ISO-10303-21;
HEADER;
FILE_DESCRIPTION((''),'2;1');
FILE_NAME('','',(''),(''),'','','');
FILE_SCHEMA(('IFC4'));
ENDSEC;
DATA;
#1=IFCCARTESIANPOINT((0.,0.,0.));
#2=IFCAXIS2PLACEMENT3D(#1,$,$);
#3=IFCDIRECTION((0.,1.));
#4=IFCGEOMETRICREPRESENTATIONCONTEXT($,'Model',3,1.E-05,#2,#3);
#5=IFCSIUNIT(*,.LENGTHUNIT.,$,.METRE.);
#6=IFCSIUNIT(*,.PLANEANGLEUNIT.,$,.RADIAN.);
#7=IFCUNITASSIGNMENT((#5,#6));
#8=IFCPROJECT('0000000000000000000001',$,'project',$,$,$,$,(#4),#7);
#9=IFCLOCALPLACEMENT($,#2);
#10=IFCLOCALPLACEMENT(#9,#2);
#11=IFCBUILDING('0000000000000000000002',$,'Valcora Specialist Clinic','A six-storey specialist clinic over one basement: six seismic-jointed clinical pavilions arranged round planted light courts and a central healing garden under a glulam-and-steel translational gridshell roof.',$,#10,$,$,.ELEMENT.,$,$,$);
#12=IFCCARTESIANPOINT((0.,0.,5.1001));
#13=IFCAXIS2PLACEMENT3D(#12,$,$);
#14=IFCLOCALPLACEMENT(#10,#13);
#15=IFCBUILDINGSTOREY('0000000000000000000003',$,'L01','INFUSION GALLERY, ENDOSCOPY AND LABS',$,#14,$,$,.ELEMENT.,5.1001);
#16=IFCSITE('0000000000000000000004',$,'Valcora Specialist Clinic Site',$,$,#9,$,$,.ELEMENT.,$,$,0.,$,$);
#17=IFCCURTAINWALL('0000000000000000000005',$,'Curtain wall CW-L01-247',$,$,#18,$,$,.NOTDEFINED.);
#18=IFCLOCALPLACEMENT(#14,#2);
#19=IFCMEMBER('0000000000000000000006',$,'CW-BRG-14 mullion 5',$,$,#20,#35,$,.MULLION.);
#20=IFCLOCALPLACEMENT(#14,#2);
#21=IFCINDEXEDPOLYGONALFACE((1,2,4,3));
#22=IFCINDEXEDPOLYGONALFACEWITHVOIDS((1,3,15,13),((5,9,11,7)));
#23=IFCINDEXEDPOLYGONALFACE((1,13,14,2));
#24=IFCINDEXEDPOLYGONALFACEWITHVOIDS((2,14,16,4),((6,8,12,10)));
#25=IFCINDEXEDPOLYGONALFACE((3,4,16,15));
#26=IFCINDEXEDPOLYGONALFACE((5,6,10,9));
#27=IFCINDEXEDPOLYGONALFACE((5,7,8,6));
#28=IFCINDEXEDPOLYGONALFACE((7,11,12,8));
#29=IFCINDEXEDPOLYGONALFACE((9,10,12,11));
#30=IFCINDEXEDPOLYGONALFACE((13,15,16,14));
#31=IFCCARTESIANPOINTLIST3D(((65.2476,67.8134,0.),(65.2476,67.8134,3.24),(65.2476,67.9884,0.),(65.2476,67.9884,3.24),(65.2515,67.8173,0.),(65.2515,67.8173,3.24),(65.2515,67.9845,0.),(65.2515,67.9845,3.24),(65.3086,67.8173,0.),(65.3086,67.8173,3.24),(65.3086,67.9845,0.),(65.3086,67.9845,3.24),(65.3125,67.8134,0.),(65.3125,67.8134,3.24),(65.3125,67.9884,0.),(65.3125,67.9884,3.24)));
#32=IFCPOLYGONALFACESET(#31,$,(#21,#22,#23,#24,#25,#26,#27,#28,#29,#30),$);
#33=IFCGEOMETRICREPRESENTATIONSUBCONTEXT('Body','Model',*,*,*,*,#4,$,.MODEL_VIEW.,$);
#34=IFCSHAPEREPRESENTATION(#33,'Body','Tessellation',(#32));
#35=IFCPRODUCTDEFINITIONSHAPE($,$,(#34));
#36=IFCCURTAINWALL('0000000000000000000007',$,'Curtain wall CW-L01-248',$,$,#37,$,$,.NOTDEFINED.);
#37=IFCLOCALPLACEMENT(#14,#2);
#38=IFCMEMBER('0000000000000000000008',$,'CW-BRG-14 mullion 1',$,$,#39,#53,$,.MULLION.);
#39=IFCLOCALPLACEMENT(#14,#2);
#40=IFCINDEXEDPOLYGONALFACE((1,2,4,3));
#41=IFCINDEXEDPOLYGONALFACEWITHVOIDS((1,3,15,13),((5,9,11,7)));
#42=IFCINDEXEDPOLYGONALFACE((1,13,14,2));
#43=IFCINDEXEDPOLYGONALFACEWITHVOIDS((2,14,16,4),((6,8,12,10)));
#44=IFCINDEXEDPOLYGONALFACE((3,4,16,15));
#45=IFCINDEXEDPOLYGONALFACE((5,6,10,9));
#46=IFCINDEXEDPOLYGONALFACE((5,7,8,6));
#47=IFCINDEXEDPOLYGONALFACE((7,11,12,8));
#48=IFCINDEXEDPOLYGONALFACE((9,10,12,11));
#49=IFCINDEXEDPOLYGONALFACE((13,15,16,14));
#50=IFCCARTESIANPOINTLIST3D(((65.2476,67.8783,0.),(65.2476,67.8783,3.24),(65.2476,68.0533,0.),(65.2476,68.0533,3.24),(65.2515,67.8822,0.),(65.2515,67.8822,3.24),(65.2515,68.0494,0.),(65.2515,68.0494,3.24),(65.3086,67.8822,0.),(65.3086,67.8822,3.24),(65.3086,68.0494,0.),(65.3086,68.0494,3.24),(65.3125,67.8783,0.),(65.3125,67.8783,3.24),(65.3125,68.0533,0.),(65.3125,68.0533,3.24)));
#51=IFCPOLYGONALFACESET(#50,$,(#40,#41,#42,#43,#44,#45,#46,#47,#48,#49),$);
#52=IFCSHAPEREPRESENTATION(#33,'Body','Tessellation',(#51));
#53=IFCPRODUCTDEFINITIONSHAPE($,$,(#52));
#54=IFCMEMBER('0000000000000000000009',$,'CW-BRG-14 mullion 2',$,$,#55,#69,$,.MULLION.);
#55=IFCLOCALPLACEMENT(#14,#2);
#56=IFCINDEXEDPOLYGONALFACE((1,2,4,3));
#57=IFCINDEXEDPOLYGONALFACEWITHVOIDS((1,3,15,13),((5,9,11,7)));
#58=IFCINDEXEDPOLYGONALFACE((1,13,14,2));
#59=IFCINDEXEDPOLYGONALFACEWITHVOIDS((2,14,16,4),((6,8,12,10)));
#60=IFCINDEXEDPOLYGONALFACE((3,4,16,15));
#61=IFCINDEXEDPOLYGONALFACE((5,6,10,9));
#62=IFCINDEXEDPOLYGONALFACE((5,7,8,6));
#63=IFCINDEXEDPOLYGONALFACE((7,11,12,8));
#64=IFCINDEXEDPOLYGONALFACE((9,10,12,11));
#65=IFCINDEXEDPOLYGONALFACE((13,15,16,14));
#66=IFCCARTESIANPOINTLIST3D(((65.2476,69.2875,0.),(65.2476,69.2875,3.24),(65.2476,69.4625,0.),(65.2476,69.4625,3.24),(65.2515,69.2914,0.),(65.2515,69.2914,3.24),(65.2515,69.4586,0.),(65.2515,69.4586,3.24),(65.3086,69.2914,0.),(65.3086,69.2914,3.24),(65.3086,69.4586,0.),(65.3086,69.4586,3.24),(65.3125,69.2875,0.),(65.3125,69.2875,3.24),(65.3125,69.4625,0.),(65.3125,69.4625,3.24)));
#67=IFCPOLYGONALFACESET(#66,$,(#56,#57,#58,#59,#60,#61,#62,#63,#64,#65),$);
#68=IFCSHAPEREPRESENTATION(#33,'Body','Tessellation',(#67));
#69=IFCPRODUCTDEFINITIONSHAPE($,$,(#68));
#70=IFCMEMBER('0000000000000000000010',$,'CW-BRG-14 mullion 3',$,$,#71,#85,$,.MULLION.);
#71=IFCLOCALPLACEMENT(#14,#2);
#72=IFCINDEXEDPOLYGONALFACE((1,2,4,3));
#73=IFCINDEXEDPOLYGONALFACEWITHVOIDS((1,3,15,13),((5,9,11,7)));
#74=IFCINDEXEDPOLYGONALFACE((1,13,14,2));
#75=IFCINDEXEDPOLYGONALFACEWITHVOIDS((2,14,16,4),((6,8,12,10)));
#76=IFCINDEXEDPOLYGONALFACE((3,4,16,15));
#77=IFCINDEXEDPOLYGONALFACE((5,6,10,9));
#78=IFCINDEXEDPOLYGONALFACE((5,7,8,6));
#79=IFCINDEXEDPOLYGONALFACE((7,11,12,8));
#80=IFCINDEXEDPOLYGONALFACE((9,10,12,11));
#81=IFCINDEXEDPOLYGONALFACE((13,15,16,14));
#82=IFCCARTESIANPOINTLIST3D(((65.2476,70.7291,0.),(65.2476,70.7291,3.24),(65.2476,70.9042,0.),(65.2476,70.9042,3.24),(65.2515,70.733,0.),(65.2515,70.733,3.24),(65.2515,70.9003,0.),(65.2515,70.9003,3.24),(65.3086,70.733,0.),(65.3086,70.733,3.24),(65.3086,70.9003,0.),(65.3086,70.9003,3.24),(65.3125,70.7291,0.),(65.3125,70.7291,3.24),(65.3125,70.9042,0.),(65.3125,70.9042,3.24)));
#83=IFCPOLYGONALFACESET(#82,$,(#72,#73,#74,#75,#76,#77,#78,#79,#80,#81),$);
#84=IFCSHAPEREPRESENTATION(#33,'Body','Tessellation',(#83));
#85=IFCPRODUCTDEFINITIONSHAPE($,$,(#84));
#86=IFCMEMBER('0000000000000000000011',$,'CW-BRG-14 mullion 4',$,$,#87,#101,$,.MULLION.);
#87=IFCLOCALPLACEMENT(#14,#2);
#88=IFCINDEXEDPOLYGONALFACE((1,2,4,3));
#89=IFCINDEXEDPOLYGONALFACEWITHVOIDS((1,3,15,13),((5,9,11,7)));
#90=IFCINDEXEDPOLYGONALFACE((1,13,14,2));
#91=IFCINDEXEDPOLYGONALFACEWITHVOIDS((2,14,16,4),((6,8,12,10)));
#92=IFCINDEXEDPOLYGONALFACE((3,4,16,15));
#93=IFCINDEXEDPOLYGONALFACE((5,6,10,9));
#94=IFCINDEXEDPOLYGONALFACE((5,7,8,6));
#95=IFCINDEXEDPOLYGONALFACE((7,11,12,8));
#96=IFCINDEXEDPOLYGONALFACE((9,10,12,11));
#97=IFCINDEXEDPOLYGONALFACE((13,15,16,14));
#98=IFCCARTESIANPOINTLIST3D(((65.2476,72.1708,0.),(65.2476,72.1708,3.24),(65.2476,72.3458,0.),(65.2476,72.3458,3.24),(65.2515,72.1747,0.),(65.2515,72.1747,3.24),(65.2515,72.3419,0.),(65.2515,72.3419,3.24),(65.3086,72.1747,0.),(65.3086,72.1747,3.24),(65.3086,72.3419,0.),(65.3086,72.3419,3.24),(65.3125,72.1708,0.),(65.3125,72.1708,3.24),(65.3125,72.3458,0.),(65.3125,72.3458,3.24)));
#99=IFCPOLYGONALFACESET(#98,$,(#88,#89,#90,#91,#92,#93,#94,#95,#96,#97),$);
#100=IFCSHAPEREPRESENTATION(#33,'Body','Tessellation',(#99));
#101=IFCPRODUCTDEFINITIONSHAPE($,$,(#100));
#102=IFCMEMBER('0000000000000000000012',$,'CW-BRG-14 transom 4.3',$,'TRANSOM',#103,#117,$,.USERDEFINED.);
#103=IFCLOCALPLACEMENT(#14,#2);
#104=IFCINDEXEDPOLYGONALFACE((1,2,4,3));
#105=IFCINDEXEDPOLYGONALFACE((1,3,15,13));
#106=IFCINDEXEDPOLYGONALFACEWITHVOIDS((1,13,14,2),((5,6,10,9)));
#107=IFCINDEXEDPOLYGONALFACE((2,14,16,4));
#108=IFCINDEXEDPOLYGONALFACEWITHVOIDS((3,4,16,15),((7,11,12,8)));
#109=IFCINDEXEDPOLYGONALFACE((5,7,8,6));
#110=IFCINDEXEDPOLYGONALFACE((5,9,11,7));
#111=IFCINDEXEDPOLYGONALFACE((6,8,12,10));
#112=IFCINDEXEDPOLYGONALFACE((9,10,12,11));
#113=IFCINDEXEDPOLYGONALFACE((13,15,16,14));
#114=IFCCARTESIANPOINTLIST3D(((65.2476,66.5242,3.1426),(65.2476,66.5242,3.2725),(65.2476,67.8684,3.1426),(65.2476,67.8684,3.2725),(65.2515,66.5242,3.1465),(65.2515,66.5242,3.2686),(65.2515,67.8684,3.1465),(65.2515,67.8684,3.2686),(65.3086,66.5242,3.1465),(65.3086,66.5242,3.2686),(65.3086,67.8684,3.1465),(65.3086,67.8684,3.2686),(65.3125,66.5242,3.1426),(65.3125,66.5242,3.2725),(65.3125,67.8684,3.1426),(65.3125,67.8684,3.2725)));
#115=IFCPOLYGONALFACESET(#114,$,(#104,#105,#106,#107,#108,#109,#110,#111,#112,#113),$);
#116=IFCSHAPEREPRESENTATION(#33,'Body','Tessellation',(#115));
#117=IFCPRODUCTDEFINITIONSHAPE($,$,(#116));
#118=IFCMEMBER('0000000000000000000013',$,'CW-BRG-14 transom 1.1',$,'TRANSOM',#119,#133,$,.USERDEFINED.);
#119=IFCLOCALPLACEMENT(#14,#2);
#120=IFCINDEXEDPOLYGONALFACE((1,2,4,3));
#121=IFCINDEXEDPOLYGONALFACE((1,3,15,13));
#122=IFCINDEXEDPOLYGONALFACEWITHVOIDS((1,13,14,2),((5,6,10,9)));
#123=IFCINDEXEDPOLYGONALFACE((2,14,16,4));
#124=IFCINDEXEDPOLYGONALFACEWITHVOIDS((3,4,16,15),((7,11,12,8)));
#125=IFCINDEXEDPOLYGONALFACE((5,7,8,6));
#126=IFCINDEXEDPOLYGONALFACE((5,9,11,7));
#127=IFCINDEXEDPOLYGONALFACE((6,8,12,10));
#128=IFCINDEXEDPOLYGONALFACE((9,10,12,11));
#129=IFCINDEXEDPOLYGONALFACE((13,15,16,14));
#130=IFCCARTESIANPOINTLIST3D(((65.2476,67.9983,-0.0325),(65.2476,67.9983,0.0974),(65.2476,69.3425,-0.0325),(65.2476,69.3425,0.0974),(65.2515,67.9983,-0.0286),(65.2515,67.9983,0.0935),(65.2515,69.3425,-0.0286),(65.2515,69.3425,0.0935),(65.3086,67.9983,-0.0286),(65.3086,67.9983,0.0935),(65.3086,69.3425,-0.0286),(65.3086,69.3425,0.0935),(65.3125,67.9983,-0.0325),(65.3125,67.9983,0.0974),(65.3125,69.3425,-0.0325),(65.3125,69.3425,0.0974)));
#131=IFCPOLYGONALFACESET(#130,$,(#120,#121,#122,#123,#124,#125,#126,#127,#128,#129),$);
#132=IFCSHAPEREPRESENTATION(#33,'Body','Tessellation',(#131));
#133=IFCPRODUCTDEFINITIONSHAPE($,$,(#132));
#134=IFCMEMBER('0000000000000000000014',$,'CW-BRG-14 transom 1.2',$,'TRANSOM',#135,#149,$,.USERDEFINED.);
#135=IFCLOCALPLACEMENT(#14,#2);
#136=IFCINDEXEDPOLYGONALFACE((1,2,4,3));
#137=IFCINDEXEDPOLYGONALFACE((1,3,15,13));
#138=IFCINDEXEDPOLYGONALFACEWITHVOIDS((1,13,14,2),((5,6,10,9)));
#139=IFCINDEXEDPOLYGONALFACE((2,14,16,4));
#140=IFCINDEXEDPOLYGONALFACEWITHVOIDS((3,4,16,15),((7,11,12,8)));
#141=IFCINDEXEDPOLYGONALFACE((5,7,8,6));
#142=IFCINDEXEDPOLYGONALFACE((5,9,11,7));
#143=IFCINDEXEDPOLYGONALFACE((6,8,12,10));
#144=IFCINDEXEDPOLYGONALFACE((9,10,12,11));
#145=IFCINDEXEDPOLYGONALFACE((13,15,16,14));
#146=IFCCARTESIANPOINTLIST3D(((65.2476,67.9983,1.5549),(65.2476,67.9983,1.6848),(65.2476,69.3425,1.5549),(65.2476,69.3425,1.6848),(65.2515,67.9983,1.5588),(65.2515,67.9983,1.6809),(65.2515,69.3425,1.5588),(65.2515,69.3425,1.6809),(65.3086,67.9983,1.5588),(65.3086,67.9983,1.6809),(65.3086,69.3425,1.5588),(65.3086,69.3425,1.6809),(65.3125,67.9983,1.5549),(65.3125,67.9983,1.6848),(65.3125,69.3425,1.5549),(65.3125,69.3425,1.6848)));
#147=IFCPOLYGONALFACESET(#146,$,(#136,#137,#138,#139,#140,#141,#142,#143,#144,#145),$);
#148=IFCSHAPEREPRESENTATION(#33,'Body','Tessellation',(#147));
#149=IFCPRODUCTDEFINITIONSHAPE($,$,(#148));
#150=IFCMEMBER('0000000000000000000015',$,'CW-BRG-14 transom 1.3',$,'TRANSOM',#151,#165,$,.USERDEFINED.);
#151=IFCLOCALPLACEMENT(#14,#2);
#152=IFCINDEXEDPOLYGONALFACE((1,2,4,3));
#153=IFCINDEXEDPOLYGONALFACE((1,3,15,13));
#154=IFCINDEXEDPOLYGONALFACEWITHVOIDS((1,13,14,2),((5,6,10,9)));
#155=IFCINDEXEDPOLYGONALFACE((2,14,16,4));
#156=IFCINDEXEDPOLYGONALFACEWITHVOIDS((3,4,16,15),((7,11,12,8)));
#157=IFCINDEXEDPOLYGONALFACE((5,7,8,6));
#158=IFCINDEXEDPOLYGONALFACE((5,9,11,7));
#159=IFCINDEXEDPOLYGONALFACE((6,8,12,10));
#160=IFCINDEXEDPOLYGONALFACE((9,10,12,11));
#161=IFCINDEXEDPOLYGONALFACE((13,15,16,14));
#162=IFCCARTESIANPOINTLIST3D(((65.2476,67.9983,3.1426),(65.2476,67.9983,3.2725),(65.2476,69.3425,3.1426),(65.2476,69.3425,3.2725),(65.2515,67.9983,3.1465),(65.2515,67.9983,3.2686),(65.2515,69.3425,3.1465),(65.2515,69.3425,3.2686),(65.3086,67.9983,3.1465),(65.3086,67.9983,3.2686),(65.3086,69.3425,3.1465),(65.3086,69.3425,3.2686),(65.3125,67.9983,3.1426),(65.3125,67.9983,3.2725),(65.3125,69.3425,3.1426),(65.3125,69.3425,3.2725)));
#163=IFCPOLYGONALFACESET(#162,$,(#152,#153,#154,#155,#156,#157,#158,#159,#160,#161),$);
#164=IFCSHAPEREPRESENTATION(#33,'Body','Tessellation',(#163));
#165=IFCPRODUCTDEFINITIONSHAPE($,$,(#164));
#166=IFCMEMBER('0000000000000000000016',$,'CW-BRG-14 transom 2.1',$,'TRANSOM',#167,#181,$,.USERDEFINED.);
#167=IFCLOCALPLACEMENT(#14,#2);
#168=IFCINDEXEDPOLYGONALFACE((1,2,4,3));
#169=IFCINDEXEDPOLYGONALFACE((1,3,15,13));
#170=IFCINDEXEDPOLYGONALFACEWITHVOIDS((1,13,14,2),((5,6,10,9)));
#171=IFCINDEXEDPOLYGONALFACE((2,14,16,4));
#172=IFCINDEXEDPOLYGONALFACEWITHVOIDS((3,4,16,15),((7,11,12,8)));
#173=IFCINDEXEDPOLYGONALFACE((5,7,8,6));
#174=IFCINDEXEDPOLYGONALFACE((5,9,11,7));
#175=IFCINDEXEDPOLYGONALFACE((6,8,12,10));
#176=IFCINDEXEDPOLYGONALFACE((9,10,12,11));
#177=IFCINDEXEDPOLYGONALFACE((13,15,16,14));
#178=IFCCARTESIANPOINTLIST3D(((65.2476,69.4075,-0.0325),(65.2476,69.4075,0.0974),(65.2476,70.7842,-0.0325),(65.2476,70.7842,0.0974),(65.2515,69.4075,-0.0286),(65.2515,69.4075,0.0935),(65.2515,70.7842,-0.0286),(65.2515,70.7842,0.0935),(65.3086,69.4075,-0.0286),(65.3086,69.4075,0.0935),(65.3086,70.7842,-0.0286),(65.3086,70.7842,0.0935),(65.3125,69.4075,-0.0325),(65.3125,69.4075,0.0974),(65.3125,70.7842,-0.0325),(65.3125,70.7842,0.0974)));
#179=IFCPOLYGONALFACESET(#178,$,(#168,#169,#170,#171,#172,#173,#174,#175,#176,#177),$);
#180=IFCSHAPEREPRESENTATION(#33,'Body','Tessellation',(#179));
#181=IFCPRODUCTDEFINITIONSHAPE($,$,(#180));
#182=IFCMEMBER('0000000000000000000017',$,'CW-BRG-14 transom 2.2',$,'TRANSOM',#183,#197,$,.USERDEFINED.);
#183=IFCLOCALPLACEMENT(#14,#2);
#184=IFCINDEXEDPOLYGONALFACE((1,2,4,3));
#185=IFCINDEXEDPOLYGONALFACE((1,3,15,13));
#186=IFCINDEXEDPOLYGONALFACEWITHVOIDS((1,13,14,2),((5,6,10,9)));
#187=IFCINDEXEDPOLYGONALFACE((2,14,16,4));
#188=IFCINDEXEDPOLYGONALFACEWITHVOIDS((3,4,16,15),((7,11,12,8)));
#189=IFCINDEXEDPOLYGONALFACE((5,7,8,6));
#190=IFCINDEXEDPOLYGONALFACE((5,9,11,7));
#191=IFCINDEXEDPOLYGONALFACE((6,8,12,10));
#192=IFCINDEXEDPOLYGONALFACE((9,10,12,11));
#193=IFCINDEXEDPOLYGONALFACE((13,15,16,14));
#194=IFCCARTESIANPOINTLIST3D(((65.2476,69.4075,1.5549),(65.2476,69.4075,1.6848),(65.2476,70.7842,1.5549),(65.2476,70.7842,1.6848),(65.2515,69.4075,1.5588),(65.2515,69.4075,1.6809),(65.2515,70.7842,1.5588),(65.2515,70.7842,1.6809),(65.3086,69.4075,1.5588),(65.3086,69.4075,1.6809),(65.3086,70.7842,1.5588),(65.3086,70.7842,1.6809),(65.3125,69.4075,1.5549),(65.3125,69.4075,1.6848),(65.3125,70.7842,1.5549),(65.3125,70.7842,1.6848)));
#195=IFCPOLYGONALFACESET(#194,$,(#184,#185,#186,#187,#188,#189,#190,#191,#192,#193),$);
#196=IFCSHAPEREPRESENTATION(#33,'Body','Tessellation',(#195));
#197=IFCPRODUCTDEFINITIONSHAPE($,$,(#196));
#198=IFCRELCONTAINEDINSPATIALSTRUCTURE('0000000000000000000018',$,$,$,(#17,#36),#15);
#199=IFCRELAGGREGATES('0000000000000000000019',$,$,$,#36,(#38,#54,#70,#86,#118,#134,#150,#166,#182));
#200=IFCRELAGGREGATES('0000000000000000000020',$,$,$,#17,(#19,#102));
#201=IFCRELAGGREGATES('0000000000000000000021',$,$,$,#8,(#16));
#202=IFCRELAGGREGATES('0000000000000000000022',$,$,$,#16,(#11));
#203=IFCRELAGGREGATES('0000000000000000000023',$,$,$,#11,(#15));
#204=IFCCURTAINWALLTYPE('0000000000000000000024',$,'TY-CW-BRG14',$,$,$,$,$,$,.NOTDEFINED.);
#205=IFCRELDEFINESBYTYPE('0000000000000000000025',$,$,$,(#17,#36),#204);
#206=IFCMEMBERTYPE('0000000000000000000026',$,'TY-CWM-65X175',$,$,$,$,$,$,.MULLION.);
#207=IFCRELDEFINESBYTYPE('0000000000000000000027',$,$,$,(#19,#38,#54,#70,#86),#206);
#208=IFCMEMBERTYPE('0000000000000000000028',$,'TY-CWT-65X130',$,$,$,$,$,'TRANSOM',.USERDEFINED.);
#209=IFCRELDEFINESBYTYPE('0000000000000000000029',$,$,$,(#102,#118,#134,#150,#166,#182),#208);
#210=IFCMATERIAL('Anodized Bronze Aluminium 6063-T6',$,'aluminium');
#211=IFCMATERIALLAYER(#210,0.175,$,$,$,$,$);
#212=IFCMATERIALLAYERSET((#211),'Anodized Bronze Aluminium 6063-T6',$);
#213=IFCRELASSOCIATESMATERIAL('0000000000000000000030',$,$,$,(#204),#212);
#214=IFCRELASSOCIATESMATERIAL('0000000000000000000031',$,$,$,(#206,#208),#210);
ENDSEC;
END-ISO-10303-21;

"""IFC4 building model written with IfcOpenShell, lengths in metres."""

from ifc_helpers import new_model, si_unit, direction, frame, origin, origin_2d, place, context, subcontext, project, spatial, hollow_rectangle, extrude, material, layer, layer_set, material_profile, profile_set, type_object, element, aggregate, save


model = new_model("IFC4")

# Units and contexts
model_context = context("Model", 3, precision=1e-05, world=origin(), true_north=direction((0.0, 1.0)))
body_context = subcontext(model_context, "Body", "Model", "MODEL_VIEW")
ifc_project = project(units=[si_unit("LENGTHUNIT", "METRE"), si_unit("PLANEANGLEUNIT", "RADIAN")], contexts=[model_context])

# Site, building, storey
site_placement = place(None, origin())
site = spatial("IfcSite", under=ifc_project, at=site_placement, Name="Valcora Specialist Clinic Site", CompositionType="ELEMENT", RefElevation=0.0)
building_placement = place(site_placement, origin())
building = spatial("IfcBuilding", under=site, at=building_placement, Name="Valcora Specialist Clinic", Description="A six-storey specialist clinic over one basement: six seismic-jointed clinical pavilions arranged round planted light courts and a central healing garden under a glulam-and-steel translational gridshell roof.", CompositionType="ELEMENT")
storey_placement = place(building_placement, frame((0.0, 0.0, 5.1001)))
storey = spatial("IfcBuildingStorey", under=building, at=storey_placement, Name="L01", Description="INFUSION GALLERY, ENDOSCOPY AND LABS", CompositionType="ELEMENT", Elevation=5.1001)

# Curtain wall, member
ifc_material_1 = material(Name="Anodized Bronze Aluminium 6063-T6", Category="aluminium")
ifc_layer_1 = layer(ifc_material_1, 0.175)
ifc_layer_set_1 = layer_set([ifc_layer_1], Name="Anodized Bronze Aluminium 6063-T6")
curtain_wall_type = type_object("IfcCurtainWallType", Name="TY-CW-BRG14", PredefinedType="NOTDEFINED", material=ifc_layer_set_1)
curtain_wall_1_placement = place(storey_placement, origin())
curtain_wall_1 = element("IfcCurtainWall", 1, at=curtain_wall_1_placement, inside=storey, type_object=curtain_wall_type, Name="Curtain wall CW-L01-247", PredefinedType="NOTDEFINED")
ifc_material_profile_1 = material_profile(ifc_material_1, hollow_rectangle(XDim=0.0649, YDim=0.175, WallThickness=0.0039, at=origin_2d()), Name="AL-MUL-65X175")
ifc_profile_set_1 = profile_set([ifc_material_profile_1], Name="Anodized Bronze Aluminium 6063-T6")
member_type_1 = type_object("IfcMemberType", Name="TY-CWM-65X175", PredefinedType="MULLION", material=ifc_profile_set_1)
member_1_placement = place(storey_placement, frame((65.28, 67.9009, 0.0), z_axis=(0.0, 0.0, 1.0), x_axis=(-1.0, 0.0, 0.0)))
member_1 = element("IfcMember", 2, at=member_1_placement, type_object=member_type_1, Name="CW-BRG-14 mullion 5", PredefinedType="MULLION", context=body_context, shape_type="SweptSolid", body=[
    extrude(hollow_rectangle(XDim=0.0649, YDim=0.175, WallThickness=0.0039, at=origin_2d()), origin(), (0.0, 0.0, 1.0), 3.24),
])

# Curtain wall, members
curtain_wall_2_placement = place(storey_placement, origin())
curtain_wall_2 = element("IfcCurtainWall", 3, at=curtain_wall_2_placement, inside=storey, type_object=curtain_wall_type, Name="Curtain wall CW-L01-248", PredefinedType="NOTDEFINED")
member_2_placement = place(storey_placement, frame((65.28, 67.9658, 0.0), z_axis=(0.0, 0.0, 1.0), x_axis=(-1.0, 0.0, 0.0)))
member_2 = element("IfcMember", 4, at=member_2_placement, type_object=member_type_1, Name="CW-BRG-14 mullion 1", PredefinedType="MULLION", context=body_context, shape_type="SweptSolid", body=[
    extrude(hollow_rectangle(XDim=0.0649, YDim=0.175, WallThickness=0.0039, at=origin_2d()), origin(), (0.0, 0.0, 1.0), 3.24),
])
member_3_placement = place(storey_placement, frame((65.28, 69.375, 0.0), z_axis=(0.0, 0.0, 1.0), x_axis=(-1.0, 0.0, 0.0)))
member_3 = element("IfcMember", 5, at=member_3_placement, type_object=member_type_1, Name="CW-BRG-14 mullion 2", PredefinedType="MULLION", context=body_context, shape_type="SweptSolid", body=[
    extrude(hollow_rectangle(XDim=0.0649, YDim=0.175, WallThickness=0.0039, at=origin_2d()), origin(), (0.0, 0.0, 1.0), 3.24),
])
member_4_placement = place(storey_placement, frame((65.28, 70.8167, 0.0), z_axis=(0.0, 0.0, 1.0), x_axis=(-1.0, 0.0, 0.0)))
member_4 = element("IfcMember", 6, at=member_4_placement, type_object=member_type_1, Name="CW-BRG-14 mullion 3", PredefinedType="MULLION", context=body_context, shape_type="SweptSolid", body=[
    extrude(hollow_rectangle(XDim=0.0649, YDim=0.175, WallThickness=0.0039, at=origin_2d()), origin(), (0.0, 0.0, 1.0), 3.24),
])
member_5_placement = place(storey_placement, frame((65.28, 72.2583, 0.0), z_axis=(0.0, 0.0, 1.0), x_axis=(-1.0, 0.0, 0.0)))
member_5 = element("IfcMember", 7, at=member_5_placement, type_object=member_type_1, Name="CW-BRG-14 mullion 4", PredefinedType="MULLION", context=body_context, shape_type="SweptSolid", body=[
    extrude(hollow_rectangle(XDim=0.0649, YDim=0.175, WallThickness=0.0039, at=origin_2d()), origin(), (0.0, 0.0, 1.0), 3.24),
])

# Members
ifc_material_profile_2 = material_profile(ifc_material_1, hollow_rectangle(XDim=0.0649, YDim=0.1299, WallThickness=0.0039, at=origin_2d()), Name="AL-TRN-65X130")
ifc_profile_set_2 = profile_set([ifc_material_profile_2], Name="Anodized Bronze Aluminium 6063-T6")
member_type_2 = type_object("IfcMemberType", Name="TY-CWT-65X130", ElementType="TRANSOM", PredefinedType="USERDEFINED", material=ifc_profile_set_2)
member_6_placement = place(storey_placement, frame((65.28, 66.5242, 3.2075), z_axis=(0.0, 1.0, 0.0), x_axis=(-1.0, 0.0, 0.0)))
member_6 = element("IfcMember", 8, at=member_6_placement, type_object=member_type_2, Name="CW-BRG-14 transom 4.3", ObjectType="TRANSOM", PredefinedType="USERDEFINED", context=body_context, shape_type="SweptSolid", body=[
    extrude(hollow_rectangle(XDim=0.0649, YDim=0.1299, WallThickness=0.0039, at=origin_2d()), origin(), (0.0, 0.0, 1.0), 1.3442),
])
member_7_placement = place(storey_placement, frame((65.28, 67.9983, 0.0325), z_axis=(0.0, 1.0, 0.0), x_axis=(-1.0, 0.0, 0.0)))
member_7 = element("IfcMember", 9, at=member_7_placement, type_object=member_type_2, Name="CW-BRG-14 transom 1.1", ObjectType="TRANSOM", PredefinedType="USERDEFINED", context=body_context, shape_type="SweptSolid", body=[
    extrude(hollow_rectangle(XDim=0.0649, YDim=0.1299, WallThickness=0.0039, at=origin_2d()), origin(), (0.0, 0.0, 1.0), 1.3442),
])
member_8_placement = place(storey_placement, frame((65.28, 67.9983, 1.6199), z_axis=(0.0, 1.0, 0.0), x_axis=(-1.0, 0.0, 0.0)))
member_8 = element("IfcMember", 10, at=member_8_placement, type_object=member_type_2, Name="CW-BRG-14 transom 1.2", ObjectType="TRANSOM", PredefinedType="USERDEFINED", context=body_context, shape_type="SweptSolid", body=[
    extrude(hollow_rectangle(XDim=0.0649, YDim=0.1299, WallThickness=0.0039, at=origin_2d()), origin(), (0.0, 0.0, 1.0), 1.3442),
])
member_9_placement = place(storey_placement, frame((65.28, 67.9983, 3.2075), z_axis=(0.0, 1.0, 0.0), x_axis=(-1.0, 0.0, 0.0)))
member_9 = element("IfcMember", 11, at=member_9_placement, type_object=member_type_2, Name="CW-BRG-14 transom 1.3", ObjectType="TRANSOM", PredefinedType="USERDEFINED", context=body_context, shape_type="SweptSolid", body=[
    extrude(hollow_rectangle(XDim=0.0649, YDim=0.1299, WallThickness=0.0039, at=origin_2d()), origin(), (0.0, 0.0, 1.0), 1.3442),
])
member_10_placement = place(storey_placement, frame((65.28, 69.4075, 0.0325), z_axis=(0.0, 1.0, 0.0), x_axis=(-1.0, 0.0, 0.0)))
member_10 = element("IfcMember", 12, at=member_10_placement, type_object=member_type_2, Name="CW-BRG-14 transom 2.1", ObjectType="TRANSOM", PredefinedType="USERDEFINED", context=body_context, shape_type="SweptSolid", body=[
    extrude(hollow_rectangle(XDim=0.0649, YDim=0.1299, WallThickness=0.0039, at=origin_2d()), origin(), (0.0, 0.0, 1.0), 1.3767),
])
member_11_placement = place(storey_placement, frame((65.28, 69.4075, 1.6199), z_axis=(0.0, 1.0, 0.0), x_axis=(-1.0, 0.0, 0.0)))
member_11 = element("IfcMember", 13, at=member_11_placement, type_object=member_type_2, Name="CW-BRG-14 transom 2.2", ObjectType="TRANSOM", PredefinedType="USERDEFINED", context=body_context, shape_type="SweptSolid", body=[
    extrude(hollow_rectangle(XDim=0.0649, YDim=0.1299, WallThickness=0.0039, at=origin_2d()), origin(), (0.0, 0.0, 1.0), 1.3767),
])

aggregate(curtain_wall_2, [member_2, member_3, member_4, member_5, member_7, member_8, member_9, member_10, member_11])
aggregate(curtain_wall_1, [member_1, member_6])

save(model, "model.ifc")
